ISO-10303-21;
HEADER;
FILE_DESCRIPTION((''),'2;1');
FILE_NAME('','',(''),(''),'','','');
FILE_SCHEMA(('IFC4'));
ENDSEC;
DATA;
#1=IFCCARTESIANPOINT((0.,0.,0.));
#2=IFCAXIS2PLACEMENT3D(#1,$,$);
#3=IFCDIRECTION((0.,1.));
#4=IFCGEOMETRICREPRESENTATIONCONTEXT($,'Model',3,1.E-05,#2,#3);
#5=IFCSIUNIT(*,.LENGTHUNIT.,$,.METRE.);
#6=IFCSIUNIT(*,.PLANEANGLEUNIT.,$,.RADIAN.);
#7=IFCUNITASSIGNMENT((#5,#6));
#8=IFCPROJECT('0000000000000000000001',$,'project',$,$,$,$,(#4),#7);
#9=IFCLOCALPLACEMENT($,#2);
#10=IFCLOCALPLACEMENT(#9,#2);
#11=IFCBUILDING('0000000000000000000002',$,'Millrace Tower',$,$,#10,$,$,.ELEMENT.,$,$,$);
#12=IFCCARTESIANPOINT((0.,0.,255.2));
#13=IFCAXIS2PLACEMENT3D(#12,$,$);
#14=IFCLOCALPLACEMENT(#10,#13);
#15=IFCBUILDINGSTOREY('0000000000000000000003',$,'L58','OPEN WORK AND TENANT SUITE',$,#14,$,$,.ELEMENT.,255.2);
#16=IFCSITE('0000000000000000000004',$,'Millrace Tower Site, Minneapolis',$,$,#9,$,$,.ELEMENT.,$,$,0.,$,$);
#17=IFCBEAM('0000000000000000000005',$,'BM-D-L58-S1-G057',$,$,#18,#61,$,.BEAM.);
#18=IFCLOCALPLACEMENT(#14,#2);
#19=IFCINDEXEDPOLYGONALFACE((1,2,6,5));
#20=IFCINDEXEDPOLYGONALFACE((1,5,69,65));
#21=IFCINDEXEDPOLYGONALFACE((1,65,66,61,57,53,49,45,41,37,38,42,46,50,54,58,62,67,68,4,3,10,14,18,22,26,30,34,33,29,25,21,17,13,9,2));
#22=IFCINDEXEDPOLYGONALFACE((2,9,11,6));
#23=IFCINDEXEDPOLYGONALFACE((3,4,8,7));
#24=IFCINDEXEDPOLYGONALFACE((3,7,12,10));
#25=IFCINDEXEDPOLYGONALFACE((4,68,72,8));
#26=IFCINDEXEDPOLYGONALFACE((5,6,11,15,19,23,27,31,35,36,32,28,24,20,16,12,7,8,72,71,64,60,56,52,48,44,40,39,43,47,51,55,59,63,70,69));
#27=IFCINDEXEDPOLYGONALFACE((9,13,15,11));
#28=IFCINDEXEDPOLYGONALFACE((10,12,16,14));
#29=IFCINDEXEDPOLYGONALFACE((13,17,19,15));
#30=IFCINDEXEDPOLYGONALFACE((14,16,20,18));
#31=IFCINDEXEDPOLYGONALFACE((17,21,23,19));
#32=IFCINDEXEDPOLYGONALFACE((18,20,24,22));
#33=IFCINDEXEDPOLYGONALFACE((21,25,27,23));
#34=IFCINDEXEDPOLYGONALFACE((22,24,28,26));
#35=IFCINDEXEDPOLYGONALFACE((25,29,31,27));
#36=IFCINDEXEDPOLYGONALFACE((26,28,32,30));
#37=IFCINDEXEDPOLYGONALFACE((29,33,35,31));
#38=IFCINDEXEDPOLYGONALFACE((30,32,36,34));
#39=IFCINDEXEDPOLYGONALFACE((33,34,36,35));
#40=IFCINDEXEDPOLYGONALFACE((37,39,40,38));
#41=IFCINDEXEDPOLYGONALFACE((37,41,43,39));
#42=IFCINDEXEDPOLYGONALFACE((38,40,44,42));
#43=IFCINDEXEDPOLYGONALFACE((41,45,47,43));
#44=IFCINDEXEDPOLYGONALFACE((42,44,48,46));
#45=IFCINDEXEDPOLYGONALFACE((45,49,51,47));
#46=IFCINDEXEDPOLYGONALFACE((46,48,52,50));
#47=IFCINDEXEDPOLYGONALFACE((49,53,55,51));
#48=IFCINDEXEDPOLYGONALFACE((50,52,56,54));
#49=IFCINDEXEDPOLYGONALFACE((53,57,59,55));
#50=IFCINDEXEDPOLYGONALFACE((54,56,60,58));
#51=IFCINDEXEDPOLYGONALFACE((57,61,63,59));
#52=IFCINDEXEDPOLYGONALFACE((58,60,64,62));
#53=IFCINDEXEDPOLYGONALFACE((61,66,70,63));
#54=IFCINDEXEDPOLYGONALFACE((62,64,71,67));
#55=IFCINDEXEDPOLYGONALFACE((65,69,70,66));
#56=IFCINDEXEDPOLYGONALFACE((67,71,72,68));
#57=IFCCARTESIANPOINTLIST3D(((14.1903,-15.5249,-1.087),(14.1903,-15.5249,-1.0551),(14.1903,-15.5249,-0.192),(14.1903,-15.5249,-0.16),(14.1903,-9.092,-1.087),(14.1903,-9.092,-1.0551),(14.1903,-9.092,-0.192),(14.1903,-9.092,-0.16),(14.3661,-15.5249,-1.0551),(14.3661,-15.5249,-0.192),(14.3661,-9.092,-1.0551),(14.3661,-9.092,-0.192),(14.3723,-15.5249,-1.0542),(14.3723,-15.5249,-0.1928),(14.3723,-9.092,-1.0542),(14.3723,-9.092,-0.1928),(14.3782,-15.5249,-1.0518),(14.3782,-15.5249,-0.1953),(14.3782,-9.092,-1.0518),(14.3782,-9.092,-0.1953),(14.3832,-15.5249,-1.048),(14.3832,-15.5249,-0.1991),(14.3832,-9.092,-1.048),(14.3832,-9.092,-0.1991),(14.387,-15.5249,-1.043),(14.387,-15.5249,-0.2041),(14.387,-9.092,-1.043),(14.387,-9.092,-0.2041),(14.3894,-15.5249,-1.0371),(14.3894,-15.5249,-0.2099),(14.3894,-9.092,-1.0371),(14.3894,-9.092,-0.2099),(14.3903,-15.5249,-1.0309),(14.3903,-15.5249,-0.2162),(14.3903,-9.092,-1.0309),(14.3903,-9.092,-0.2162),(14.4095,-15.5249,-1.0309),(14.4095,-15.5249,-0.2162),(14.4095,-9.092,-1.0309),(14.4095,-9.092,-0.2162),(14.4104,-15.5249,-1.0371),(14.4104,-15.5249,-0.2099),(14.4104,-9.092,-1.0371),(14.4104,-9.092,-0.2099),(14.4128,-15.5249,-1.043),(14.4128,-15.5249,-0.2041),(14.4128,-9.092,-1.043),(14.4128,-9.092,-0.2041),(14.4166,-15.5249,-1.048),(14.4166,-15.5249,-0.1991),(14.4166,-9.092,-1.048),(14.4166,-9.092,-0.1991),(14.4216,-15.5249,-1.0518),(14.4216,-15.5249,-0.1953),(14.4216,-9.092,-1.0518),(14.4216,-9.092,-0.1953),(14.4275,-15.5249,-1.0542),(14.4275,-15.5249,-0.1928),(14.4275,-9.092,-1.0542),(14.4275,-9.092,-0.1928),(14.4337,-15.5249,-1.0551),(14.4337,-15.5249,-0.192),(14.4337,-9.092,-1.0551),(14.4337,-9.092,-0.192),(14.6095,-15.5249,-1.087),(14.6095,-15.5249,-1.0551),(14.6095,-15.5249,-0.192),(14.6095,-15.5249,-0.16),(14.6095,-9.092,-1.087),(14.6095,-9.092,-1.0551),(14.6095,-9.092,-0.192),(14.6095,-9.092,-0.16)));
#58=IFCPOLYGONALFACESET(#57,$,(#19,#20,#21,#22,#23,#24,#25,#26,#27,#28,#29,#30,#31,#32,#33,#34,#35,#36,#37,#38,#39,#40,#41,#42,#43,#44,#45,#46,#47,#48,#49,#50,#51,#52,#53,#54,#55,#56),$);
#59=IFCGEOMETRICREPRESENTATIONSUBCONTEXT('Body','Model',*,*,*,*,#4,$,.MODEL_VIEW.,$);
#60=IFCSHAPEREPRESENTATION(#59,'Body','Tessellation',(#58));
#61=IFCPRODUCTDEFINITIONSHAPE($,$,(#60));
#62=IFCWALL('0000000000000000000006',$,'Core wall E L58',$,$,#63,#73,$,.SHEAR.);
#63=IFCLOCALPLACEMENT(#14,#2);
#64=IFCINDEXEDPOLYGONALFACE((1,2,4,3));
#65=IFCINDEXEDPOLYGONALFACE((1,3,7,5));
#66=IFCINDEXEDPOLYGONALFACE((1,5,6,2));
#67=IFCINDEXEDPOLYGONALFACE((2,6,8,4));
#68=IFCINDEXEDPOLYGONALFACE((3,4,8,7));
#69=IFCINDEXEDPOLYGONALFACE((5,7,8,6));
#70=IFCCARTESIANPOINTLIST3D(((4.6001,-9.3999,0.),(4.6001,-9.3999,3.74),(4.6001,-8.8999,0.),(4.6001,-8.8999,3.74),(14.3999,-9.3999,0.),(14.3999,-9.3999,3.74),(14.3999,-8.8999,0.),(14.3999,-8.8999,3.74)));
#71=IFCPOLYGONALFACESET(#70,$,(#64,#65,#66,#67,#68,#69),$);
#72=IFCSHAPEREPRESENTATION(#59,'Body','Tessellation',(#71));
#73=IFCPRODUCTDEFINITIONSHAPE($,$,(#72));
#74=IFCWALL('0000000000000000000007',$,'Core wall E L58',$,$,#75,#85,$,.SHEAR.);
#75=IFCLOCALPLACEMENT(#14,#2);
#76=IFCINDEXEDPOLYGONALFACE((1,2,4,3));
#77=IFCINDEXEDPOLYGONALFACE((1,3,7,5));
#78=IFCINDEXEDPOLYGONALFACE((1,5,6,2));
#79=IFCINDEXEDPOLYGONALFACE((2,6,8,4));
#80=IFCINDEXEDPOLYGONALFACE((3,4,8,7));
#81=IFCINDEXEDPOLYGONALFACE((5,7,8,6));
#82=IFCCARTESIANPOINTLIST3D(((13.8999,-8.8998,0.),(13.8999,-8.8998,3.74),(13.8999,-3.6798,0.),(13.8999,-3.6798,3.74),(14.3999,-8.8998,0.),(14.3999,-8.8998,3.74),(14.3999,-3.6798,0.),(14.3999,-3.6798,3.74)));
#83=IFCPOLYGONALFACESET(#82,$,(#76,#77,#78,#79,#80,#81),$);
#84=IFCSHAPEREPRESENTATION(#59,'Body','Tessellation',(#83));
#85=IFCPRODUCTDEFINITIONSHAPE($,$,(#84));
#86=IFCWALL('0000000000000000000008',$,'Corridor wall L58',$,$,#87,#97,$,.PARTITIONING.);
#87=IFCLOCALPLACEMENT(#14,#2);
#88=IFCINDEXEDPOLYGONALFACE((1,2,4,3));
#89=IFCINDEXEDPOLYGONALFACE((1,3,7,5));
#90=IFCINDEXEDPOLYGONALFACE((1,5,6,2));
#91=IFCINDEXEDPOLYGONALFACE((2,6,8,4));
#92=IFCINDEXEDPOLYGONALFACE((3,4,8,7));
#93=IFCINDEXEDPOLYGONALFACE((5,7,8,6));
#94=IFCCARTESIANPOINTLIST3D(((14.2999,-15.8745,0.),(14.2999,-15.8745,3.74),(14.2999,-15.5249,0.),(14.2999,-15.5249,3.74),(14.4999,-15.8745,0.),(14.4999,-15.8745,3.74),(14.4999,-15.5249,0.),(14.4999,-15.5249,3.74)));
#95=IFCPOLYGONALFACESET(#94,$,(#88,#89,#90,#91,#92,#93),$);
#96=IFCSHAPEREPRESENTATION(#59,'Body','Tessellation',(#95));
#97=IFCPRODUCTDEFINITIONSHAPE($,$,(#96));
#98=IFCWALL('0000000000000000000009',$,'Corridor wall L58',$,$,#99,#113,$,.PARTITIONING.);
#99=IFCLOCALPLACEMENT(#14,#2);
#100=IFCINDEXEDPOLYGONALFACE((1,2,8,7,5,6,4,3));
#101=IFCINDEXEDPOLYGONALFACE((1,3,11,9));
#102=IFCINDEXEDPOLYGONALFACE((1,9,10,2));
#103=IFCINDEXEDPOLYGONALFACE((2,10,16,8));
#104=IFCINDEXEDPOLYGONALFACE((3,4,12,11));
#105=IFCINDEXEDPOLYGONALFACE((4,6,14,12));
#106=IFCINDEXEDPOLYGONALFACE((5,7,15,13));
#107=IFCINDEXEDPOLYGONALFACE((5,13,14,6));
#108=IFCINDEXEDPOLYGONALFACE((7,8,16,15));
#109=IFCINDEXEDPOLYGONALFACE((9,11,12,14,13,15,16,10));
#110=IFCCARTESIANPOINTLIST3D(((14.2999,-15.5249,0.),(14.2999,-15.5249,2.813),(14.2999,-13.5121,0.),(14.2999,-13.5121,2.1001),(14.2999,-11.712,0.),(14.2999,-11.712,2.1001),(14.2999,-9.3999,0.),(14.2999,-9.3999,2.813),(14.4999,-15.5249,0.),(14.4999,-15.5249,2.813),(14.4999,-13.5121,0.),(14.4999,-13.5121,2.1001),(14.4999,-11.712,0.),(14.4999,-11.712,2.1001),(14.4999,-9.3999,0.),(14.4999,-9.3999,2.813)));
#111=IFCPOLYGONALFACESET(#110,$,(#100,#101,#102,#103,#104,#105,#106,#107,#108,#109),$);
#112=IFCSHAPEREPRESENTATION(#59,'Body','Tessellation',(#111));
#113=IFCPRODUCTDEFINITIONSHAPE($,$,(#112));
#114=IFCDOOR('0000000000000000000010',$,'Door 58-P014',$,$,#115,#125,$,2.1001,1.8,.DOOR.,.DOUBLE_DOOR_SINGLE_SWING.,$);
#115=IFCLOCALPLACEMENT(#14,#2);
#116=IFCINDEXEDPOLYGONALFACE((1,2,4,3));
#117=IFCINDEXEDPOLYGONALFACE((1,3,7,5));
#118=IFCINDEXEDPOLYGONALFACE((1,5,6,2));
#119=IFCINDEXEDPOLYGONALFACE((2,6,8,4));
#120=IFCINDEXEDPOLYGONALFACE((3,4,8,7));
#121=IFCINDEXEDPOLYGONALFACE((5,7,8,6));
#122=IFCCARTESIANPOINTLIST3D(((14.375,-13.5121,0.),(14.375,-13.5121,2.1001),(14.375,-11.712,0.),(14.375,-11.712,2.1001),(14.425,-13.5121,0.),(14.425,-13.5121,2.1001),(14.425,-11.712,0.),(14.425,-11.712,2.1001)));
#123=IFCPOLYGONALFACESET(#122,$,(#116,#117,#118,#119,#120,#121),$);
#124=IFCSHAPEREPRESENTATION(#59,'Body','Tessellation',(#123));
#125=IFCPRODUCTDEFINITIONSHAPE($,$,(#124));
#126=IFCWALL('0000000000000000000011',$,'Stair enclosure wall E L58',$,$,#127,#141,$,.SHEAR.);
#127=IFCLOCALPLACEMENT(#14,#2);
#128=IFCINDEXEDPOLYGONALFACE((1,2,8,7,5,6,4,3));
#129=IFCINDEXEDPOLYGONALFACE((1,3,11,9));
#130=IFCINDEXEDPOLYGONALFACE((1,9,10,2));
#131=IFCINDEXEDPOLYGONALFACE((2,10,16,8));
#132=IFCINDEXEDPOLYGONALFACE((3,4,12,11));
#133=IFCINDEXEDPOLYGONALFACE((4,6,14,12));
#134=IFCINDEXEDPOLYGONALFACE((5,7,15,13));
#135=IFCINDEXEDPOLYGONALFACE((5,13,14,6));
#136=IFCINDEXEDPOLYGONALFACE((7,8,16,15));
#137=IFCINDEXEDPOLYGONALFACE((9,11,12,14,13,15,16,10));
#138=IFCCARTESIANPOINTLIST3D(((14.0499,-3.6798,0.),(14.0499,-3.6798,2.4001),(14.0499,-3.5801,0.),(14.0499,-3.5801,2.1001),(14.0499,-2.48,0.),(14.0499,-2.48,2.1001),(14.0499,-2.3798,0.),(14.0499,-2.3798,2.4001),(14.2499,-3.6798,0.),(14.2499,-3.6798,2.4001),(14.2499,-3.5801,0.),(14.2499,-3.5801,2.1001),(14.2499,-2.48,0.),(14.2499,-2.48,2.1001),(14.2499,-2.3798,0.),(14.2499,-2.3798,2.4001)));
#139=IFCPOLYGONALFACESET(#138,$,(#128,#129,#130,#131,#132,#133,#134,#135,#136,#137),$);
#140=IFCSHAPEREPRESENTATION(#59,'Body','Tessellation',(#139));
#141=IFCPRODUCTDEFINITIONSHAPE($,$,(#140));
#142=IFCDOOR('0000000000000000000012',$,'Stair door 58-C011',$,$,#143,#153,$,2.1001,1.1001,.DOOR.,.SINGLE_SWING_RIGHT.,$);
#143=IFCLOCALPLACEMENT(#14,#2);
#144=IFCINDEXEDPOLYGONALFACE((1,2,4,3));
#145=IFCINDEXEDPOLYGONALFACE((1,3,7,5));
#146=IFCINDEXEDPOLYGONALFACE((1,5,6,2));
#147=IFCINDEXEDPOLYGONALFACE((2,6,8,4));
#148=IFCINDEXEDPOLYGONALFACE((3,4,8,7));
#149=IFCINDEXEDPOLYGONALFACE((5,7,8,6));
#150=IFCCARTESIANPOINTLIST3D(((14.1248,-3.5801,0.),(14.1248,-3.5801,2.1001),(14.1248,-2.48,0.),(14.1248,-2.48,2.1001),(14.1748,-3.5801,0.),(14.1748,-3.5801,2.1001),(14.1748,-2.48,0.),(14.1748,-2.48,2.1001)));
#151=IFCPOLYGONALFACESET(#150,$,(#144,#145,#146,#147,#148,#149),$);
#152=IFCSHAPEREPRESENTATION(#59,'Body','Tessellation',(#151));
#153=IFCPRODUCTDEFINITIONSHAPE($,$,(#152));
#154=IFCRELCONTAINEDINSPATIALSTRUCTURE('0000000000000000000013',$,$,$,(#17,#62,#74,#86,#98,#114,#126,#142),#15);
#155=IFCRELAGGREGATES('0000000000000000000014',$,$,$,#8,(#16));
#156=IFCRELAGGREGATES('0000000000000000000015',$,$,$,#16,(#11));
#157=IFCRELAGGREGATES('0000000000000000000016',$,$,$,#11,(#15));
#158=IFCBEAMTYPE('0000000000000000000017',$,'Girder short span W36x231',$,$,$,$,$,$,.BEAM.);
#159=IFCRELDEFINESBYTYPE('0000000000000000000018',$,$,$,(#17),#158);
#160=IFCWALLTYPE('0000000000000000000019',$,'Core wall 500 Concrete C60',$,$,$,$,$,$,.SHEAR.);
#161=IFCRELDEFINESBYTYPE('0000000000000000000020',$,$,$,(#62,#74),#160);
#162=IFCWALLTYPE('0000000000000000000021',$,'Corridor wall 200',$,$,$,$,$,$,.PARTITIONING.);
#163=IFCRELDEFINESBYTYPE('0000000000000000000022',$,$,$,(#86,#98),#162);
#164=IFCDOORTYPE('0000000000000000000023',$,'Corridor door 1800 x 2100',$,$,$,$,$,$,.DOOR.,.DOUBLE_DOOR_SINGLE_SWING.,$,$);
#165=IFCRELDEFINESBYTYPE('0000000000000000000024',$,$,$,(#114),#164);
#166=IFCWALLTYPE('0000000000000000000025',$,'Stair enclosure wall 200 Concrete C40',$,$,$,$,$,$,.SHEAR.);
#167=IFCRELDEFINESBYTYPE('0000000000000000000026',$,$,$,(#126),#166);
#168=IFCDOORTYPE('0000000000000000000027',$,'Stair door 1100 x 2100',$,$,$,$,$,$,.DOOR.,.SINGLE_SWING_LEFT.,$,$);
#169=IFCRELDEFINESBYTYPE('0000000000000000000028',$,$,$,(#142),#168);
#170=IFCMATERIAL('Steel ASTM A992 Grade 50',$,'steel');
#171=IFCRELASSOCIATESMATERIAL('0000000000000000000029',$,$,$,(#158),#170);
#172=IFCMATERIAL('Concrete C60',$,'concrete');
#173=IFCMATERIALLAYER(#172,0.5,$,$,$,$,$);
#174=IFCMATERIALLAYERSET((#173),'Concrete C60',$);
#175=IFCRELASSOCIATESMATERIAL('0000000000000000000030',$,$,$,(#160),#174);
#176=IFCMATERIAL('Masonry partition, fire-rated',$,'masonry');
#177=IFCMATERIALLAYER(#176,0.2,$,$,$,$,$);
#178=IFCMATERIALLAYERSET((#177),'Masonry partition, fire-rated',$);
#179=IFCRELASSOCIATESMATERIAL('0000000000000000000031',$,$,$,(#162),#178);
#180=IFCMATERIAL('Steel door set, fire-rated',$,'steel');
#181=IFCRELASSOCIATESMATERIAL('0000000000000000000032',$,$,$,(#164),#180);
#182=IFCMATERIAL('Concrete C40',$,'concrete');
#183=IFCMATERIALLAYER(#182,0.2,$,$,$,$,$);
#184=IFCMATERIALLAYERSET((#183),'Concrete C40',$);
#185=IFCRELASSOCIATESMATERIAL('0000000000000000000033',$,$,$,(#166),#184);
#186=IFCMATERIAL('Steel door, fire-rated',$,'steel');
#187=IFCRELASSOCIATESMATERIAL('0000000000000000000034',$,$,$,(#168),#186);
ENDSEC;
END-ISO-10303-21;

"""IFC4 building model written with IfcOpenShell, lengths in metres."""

from ifc_helpers import new_model, si_unit, direction, frame, frame_2d, origin, origin_2d, place, context, subcontext, project, spatial, rectangle, i_section, extrude, material, layer, layer_set, material_profile, profile_set, type_object, element, fill, save


model = new_model("IFC4")

# Units and contexts
model_context = context("Model", 3, precision=1e-05, world=origin(), true_north=direction((0.0, 1.0)))
body_context = subcontext(model_context, "Body", "Model", "MODEL_VIEW")
ifc_project = project(units=[si_unit("LENGTHUNIT", "METRE"), si_unit("PLANEANGLEUNIT", "RADIAN")], contexts=[model_context])

# Site, building, storey
site_placement = place(None, origin())
site = spatial("IfcSite", under=ifc_project, at=site_placement, Name="Millrace Tower Site, Minneapolis", CompositionType="ELEMENT", RefElevation=0.0)
building_placement = place(site_placement, origin())
building = spatial("IfcBuilding", under=site, at=building_placement, Name="Millrace Tower", CompositionType="ELEMENT")
storey_placement = place(building_placement, frame((0.0, 0.0, 255.2)))
storey = spatial("IfcBuildingStorey", under=building, at=storey_placement, Name="L58", Description="OPEN WORK AND TENANT SUITE", CompositionType="ELEMENT", Elevation=255.2)

# Beam
ifc_material_1 = material(Name="Steel ASTM A992 Grade 50", Category="steel")
ifc_material_profile_1 = material_profile(ifc_material_1, i_section(OverallWidth=0.4192, OverallDepth=0.927, WebThickness=0.0193, FlangeThickness=0.032, FilletRadius=0.0242, at=origin_2d()))
ifc_profile_set_1 = profile_set([ifc_material_profile_1], Name="Steel ASTM A992 Grade 50")
beam_type_1 = type_object("IfcBeamType", Name="Girder short span W36x231", PredefinedType="BEAM", material=ifc_profile_set_1)
beam_1_placement = place(storey_placement, frame((14.3999, -15.5249, -0.6235), z_axis=(0.0, 1.0, 0.0), x_axis=(-1.0, 0.0, 0.0)))
element("IfcBeam", 1, at=beam_1_placement, inside=storey, type_object=beam_type_1, Name="BM-D-L58-S1-G057", PredefinedType="BEAM", context=body_context, shape_type="SweptSolid", body=[
    extrude(i_section(OverallWidth=0.4192, OverallDepth=0.927, WebThickness=0.0193, FlangeThickness=0.032, FilletRadius=0.0242, at=origin_2d()), origin(), (0.0, 0.0, 1.0), 6.4329),
])

# Walls
ifc_material_2 = material(Name="Concrete C60", Category="concrete")
ifc_layer_1 = layer(ifc_material_2, 0.5)
ifc_layer_set_1 = layer_set([ifc_layer_1], Name="Concrete C60")
wall_type_1 = type_object("IfcWallType", Name="Core wall 500 Concrete C60", PredefinedType="SHEAR", material=ifc_layer_set_1)
wall_1_placement = place(storey_placement, frame((14.3999, -9.1499, 0.0), z_axis=(0.0, 0.0, 1.0), x_axis=(-1.0, 0.0, 0.0)))
element("IfcWall", 2, at=wall_1_placement, inside=storey, type_object=wall_type_1, Name="Core wall E L58", PredefinedType="SHEAR", context=body_context, shape_type="SweptSolid", body=[
    extrude(rectangle(XDim=9.7998, YDim=0.5, at=frame_2d((4.8999, 0.0))), origin(), (0.0, 0.0, 1.0), 3.74),
])
wall_2_placement = place(storey_placement, frame((14.1499, -3.6799, 0.0), z_axis=(0.0, 0.0, 1.0), x_axis=(0.0, -1.0, 0.0)))
element("IfcWall", 3, at=wall_2_placement, inside=storey, type_object=wall_type_1, Name="Core wall E L58", PredefinedType="SHEAR", context=body_context, shape_type="SweptSolid", body=[
    extrude(rectangle(XDim=5.22, YDim=0.5, at=frame_2d((2.6099, 0.0))), origin(), (0.0, 0.0, 1.0), 3.74),
])
ifc_material_3 = material(Name="Masonry partition, fire-rated", Category="masonry")
ifc_layer_2 = layer(ifc_material_3, 0.2)
ifc_layer_set_2 = layer_set([ifc_layer_2], Name="Masonry partition, fire-rated")
wall_type_2 = type_object("IfcWallType", Name="Corridor wall 200", PredefinedType="PARTITIONING", material=ifc_layer_set_2)
wall_3_placement = place(storey_placement, frame((14.3999, -15.8745, 0.0), z_axis=(0.0, 0.0, 1.0), x_axis=(0.0, 1.0, 0.0)))
element("IfcWall", 4, at=wall_3_placement, inside=storey, type_object=wall_type_2, Name="Corridor wall L58", PredefinedType="PARTITIONING", context=body_context, shape_type="SweptSolid", body=[
    extrude(rectangle(XDim=0.3496, YDim=0.2, at=frame_2d((0.1748, 0.0))), origin(), (0.0, 0.0, 1.0), 3.74),
])

# Walls, openings, doors
wall_4_placement = place(storey_placement, frame((14.3999, -15.5249, 0.0), z_axis=(0.0, 0.0, 1.0), x_axis=(0.0, 1.0, 0.0)))
wall_4 = element("IfcWall", 5, at=wall_4_placement, inside=storey, type_object=wall_type_2, Name="Corridor wall L58", PredefinedType="PARTITIONING", context=body_context, shape_type="SweptSolid", body=[
    extrude(rectangle(XDim=6.125, YDim=0.2, at=frame_2d((3.0625, 0.0))), origin(), (0.0, 0.0, 1.0), 2.813),
])
opening_1_placement = place(wall_4_placement, frame((2.0129, 0.0, 0.0)))
opening_1 = element("IfcOpeningElement", 6, at=opening_1_placement, cuts=wall_4, PredefinedType="OPENING", context=body_context, shape_type="SweptSolid", body=[
    extrude(rectangle(XDim=1.8, YDim=2.1001, at=frame_2d((0.8999, 1.05))), frame((0.0, 0.1099, 0.0), z_axis=(0.0, -1.0, 0.0), x_axis=(1.0, 0.0, 0.0)), (0.0, 0.0, 1.0), 0.22),
])
ifc_material_4 = material(Name="Steel door set, fire-rated", Category="steel")
door_type_1 = type_object("IfcDoorType", Name="Corridor door 1800 x 2100", OperationType="DOUBLE_DOOR_SINGLE_SWING", PredefinedType="DOOR", material=ifc_material_4)
door_1_placement = place(opening_1_placement, origin())
door_1 = element("IfcDoor", 7, at=door_1_placement, inside=storey, type_object=door_type_1, Name="Door 58-P014", OperationType="DOUBLE_DOOR_SINGLE_SWING", OverallHeight=2.1001, OverallWidth=1.8, PredefinedType="DOOR", context=body_context, shape_type="SweptSolid", body=[
    extrude(rectangle(XDim=1.8, YDim=2.1001, at=frame_2d((0.8999, 1.05))), frame((0.0, 0.0249, 0.0), z_axis=(0.0, -1.0, 0.0), x_axis=(1.0, 0.0, 0.0)), (0.0, 0.0, 1.0), 0.05),
])
fill(opening_1, door_1)
ifc_material_5 = material(Name="Concrete C40", Category="concrete")
ifc_layer_3 = layer(ifc_material_5, 0.2)
ifc_layer_set_3 = layer_set([ifc_layer_3], Name="Concrete C40")
wall_type_3 = type_object("IfcWallType", Name="Stair enclosure wall 200 Concrete C40", PredefinedType="SHEAR", material=ifc_layer_set_3)
wall_5_placement = place(storey_placement, frame((14.1499, -2.3799, 0.0), z_axis=(0.0, 0.0, 1.0), x_axis=(0.0, -1.0, 0.0)))
wall_5 = element("IfcWall", 8, at=wall_5_placement, inside=storey, type_object=wall_type_3, Name="Stair enclosure wall E L58", PredefinedType="SHEAR", context=body_context, shape_type="SweptSolid", body=[
    extrude(rectangle(XDim=1.3, YDim=0.2, at=frame_2d((0.6499, 0.0))), origin(), (0.0, 0.0, 1.0), 2.4001),
])
opening_2_placement = place(wall_5_placement, frame((0.1001, 0.0, 0.0)))
opening_2 = element("IfcOpeningElement", 9, at=opening_2_placement, cuts=wall_5, PredefinedType="OPENING", context=body_context, shape_type="SweptSolid", body=[
    extrude(rectangle(XDim=1.1001, YDim=2.1001, at=frame_2d((0.55, 1.05))), frame((0.0, 0.1099, 0.0), z_axis=(0.0, -1.0, 0.0), x_axis=(1.0, 0.0, 0.0)), (0.0, 0.0, 1.0), 0.22),
])
ifc_material_6 = material(Name="Steel door, fire-rated", Category="steel")
door_type_2 = type_object("IfcDoorType", Name="Stair door 1100 x 2100", OperationType="SINGLE_SWING_LEFT", PredefinedType="DOOR", material=ifc_material_6)
door_2_placement = place(opening_2_placement, origin())
door_2 = element("IfcDoor", 10, at=door_2_placement, inside=storey, type_object=door_type_2, Name="Stair door 58-C011", OperationType="SINGLE_SWING_RIGHT", OverallHeight=2.1001, OverallWidth=1.1001, PredefinedType="DOOR", context=body_context, shape_type="SweptSolid", body=[
    extrude(rectangle(XDim=1.1001, YDim=2.1001, at=frame_2d((0.55, 1.05))), frame((0.0, 0.0249, 0.0), z_axis=(0.0, -1.0, 0.0), x_axis=(1.0, 0.0, 0.0)), (0.0, 0.0, 1.0), 0.05),
])
fill(opening_2, door_2)

save(model, "model.ifc")
